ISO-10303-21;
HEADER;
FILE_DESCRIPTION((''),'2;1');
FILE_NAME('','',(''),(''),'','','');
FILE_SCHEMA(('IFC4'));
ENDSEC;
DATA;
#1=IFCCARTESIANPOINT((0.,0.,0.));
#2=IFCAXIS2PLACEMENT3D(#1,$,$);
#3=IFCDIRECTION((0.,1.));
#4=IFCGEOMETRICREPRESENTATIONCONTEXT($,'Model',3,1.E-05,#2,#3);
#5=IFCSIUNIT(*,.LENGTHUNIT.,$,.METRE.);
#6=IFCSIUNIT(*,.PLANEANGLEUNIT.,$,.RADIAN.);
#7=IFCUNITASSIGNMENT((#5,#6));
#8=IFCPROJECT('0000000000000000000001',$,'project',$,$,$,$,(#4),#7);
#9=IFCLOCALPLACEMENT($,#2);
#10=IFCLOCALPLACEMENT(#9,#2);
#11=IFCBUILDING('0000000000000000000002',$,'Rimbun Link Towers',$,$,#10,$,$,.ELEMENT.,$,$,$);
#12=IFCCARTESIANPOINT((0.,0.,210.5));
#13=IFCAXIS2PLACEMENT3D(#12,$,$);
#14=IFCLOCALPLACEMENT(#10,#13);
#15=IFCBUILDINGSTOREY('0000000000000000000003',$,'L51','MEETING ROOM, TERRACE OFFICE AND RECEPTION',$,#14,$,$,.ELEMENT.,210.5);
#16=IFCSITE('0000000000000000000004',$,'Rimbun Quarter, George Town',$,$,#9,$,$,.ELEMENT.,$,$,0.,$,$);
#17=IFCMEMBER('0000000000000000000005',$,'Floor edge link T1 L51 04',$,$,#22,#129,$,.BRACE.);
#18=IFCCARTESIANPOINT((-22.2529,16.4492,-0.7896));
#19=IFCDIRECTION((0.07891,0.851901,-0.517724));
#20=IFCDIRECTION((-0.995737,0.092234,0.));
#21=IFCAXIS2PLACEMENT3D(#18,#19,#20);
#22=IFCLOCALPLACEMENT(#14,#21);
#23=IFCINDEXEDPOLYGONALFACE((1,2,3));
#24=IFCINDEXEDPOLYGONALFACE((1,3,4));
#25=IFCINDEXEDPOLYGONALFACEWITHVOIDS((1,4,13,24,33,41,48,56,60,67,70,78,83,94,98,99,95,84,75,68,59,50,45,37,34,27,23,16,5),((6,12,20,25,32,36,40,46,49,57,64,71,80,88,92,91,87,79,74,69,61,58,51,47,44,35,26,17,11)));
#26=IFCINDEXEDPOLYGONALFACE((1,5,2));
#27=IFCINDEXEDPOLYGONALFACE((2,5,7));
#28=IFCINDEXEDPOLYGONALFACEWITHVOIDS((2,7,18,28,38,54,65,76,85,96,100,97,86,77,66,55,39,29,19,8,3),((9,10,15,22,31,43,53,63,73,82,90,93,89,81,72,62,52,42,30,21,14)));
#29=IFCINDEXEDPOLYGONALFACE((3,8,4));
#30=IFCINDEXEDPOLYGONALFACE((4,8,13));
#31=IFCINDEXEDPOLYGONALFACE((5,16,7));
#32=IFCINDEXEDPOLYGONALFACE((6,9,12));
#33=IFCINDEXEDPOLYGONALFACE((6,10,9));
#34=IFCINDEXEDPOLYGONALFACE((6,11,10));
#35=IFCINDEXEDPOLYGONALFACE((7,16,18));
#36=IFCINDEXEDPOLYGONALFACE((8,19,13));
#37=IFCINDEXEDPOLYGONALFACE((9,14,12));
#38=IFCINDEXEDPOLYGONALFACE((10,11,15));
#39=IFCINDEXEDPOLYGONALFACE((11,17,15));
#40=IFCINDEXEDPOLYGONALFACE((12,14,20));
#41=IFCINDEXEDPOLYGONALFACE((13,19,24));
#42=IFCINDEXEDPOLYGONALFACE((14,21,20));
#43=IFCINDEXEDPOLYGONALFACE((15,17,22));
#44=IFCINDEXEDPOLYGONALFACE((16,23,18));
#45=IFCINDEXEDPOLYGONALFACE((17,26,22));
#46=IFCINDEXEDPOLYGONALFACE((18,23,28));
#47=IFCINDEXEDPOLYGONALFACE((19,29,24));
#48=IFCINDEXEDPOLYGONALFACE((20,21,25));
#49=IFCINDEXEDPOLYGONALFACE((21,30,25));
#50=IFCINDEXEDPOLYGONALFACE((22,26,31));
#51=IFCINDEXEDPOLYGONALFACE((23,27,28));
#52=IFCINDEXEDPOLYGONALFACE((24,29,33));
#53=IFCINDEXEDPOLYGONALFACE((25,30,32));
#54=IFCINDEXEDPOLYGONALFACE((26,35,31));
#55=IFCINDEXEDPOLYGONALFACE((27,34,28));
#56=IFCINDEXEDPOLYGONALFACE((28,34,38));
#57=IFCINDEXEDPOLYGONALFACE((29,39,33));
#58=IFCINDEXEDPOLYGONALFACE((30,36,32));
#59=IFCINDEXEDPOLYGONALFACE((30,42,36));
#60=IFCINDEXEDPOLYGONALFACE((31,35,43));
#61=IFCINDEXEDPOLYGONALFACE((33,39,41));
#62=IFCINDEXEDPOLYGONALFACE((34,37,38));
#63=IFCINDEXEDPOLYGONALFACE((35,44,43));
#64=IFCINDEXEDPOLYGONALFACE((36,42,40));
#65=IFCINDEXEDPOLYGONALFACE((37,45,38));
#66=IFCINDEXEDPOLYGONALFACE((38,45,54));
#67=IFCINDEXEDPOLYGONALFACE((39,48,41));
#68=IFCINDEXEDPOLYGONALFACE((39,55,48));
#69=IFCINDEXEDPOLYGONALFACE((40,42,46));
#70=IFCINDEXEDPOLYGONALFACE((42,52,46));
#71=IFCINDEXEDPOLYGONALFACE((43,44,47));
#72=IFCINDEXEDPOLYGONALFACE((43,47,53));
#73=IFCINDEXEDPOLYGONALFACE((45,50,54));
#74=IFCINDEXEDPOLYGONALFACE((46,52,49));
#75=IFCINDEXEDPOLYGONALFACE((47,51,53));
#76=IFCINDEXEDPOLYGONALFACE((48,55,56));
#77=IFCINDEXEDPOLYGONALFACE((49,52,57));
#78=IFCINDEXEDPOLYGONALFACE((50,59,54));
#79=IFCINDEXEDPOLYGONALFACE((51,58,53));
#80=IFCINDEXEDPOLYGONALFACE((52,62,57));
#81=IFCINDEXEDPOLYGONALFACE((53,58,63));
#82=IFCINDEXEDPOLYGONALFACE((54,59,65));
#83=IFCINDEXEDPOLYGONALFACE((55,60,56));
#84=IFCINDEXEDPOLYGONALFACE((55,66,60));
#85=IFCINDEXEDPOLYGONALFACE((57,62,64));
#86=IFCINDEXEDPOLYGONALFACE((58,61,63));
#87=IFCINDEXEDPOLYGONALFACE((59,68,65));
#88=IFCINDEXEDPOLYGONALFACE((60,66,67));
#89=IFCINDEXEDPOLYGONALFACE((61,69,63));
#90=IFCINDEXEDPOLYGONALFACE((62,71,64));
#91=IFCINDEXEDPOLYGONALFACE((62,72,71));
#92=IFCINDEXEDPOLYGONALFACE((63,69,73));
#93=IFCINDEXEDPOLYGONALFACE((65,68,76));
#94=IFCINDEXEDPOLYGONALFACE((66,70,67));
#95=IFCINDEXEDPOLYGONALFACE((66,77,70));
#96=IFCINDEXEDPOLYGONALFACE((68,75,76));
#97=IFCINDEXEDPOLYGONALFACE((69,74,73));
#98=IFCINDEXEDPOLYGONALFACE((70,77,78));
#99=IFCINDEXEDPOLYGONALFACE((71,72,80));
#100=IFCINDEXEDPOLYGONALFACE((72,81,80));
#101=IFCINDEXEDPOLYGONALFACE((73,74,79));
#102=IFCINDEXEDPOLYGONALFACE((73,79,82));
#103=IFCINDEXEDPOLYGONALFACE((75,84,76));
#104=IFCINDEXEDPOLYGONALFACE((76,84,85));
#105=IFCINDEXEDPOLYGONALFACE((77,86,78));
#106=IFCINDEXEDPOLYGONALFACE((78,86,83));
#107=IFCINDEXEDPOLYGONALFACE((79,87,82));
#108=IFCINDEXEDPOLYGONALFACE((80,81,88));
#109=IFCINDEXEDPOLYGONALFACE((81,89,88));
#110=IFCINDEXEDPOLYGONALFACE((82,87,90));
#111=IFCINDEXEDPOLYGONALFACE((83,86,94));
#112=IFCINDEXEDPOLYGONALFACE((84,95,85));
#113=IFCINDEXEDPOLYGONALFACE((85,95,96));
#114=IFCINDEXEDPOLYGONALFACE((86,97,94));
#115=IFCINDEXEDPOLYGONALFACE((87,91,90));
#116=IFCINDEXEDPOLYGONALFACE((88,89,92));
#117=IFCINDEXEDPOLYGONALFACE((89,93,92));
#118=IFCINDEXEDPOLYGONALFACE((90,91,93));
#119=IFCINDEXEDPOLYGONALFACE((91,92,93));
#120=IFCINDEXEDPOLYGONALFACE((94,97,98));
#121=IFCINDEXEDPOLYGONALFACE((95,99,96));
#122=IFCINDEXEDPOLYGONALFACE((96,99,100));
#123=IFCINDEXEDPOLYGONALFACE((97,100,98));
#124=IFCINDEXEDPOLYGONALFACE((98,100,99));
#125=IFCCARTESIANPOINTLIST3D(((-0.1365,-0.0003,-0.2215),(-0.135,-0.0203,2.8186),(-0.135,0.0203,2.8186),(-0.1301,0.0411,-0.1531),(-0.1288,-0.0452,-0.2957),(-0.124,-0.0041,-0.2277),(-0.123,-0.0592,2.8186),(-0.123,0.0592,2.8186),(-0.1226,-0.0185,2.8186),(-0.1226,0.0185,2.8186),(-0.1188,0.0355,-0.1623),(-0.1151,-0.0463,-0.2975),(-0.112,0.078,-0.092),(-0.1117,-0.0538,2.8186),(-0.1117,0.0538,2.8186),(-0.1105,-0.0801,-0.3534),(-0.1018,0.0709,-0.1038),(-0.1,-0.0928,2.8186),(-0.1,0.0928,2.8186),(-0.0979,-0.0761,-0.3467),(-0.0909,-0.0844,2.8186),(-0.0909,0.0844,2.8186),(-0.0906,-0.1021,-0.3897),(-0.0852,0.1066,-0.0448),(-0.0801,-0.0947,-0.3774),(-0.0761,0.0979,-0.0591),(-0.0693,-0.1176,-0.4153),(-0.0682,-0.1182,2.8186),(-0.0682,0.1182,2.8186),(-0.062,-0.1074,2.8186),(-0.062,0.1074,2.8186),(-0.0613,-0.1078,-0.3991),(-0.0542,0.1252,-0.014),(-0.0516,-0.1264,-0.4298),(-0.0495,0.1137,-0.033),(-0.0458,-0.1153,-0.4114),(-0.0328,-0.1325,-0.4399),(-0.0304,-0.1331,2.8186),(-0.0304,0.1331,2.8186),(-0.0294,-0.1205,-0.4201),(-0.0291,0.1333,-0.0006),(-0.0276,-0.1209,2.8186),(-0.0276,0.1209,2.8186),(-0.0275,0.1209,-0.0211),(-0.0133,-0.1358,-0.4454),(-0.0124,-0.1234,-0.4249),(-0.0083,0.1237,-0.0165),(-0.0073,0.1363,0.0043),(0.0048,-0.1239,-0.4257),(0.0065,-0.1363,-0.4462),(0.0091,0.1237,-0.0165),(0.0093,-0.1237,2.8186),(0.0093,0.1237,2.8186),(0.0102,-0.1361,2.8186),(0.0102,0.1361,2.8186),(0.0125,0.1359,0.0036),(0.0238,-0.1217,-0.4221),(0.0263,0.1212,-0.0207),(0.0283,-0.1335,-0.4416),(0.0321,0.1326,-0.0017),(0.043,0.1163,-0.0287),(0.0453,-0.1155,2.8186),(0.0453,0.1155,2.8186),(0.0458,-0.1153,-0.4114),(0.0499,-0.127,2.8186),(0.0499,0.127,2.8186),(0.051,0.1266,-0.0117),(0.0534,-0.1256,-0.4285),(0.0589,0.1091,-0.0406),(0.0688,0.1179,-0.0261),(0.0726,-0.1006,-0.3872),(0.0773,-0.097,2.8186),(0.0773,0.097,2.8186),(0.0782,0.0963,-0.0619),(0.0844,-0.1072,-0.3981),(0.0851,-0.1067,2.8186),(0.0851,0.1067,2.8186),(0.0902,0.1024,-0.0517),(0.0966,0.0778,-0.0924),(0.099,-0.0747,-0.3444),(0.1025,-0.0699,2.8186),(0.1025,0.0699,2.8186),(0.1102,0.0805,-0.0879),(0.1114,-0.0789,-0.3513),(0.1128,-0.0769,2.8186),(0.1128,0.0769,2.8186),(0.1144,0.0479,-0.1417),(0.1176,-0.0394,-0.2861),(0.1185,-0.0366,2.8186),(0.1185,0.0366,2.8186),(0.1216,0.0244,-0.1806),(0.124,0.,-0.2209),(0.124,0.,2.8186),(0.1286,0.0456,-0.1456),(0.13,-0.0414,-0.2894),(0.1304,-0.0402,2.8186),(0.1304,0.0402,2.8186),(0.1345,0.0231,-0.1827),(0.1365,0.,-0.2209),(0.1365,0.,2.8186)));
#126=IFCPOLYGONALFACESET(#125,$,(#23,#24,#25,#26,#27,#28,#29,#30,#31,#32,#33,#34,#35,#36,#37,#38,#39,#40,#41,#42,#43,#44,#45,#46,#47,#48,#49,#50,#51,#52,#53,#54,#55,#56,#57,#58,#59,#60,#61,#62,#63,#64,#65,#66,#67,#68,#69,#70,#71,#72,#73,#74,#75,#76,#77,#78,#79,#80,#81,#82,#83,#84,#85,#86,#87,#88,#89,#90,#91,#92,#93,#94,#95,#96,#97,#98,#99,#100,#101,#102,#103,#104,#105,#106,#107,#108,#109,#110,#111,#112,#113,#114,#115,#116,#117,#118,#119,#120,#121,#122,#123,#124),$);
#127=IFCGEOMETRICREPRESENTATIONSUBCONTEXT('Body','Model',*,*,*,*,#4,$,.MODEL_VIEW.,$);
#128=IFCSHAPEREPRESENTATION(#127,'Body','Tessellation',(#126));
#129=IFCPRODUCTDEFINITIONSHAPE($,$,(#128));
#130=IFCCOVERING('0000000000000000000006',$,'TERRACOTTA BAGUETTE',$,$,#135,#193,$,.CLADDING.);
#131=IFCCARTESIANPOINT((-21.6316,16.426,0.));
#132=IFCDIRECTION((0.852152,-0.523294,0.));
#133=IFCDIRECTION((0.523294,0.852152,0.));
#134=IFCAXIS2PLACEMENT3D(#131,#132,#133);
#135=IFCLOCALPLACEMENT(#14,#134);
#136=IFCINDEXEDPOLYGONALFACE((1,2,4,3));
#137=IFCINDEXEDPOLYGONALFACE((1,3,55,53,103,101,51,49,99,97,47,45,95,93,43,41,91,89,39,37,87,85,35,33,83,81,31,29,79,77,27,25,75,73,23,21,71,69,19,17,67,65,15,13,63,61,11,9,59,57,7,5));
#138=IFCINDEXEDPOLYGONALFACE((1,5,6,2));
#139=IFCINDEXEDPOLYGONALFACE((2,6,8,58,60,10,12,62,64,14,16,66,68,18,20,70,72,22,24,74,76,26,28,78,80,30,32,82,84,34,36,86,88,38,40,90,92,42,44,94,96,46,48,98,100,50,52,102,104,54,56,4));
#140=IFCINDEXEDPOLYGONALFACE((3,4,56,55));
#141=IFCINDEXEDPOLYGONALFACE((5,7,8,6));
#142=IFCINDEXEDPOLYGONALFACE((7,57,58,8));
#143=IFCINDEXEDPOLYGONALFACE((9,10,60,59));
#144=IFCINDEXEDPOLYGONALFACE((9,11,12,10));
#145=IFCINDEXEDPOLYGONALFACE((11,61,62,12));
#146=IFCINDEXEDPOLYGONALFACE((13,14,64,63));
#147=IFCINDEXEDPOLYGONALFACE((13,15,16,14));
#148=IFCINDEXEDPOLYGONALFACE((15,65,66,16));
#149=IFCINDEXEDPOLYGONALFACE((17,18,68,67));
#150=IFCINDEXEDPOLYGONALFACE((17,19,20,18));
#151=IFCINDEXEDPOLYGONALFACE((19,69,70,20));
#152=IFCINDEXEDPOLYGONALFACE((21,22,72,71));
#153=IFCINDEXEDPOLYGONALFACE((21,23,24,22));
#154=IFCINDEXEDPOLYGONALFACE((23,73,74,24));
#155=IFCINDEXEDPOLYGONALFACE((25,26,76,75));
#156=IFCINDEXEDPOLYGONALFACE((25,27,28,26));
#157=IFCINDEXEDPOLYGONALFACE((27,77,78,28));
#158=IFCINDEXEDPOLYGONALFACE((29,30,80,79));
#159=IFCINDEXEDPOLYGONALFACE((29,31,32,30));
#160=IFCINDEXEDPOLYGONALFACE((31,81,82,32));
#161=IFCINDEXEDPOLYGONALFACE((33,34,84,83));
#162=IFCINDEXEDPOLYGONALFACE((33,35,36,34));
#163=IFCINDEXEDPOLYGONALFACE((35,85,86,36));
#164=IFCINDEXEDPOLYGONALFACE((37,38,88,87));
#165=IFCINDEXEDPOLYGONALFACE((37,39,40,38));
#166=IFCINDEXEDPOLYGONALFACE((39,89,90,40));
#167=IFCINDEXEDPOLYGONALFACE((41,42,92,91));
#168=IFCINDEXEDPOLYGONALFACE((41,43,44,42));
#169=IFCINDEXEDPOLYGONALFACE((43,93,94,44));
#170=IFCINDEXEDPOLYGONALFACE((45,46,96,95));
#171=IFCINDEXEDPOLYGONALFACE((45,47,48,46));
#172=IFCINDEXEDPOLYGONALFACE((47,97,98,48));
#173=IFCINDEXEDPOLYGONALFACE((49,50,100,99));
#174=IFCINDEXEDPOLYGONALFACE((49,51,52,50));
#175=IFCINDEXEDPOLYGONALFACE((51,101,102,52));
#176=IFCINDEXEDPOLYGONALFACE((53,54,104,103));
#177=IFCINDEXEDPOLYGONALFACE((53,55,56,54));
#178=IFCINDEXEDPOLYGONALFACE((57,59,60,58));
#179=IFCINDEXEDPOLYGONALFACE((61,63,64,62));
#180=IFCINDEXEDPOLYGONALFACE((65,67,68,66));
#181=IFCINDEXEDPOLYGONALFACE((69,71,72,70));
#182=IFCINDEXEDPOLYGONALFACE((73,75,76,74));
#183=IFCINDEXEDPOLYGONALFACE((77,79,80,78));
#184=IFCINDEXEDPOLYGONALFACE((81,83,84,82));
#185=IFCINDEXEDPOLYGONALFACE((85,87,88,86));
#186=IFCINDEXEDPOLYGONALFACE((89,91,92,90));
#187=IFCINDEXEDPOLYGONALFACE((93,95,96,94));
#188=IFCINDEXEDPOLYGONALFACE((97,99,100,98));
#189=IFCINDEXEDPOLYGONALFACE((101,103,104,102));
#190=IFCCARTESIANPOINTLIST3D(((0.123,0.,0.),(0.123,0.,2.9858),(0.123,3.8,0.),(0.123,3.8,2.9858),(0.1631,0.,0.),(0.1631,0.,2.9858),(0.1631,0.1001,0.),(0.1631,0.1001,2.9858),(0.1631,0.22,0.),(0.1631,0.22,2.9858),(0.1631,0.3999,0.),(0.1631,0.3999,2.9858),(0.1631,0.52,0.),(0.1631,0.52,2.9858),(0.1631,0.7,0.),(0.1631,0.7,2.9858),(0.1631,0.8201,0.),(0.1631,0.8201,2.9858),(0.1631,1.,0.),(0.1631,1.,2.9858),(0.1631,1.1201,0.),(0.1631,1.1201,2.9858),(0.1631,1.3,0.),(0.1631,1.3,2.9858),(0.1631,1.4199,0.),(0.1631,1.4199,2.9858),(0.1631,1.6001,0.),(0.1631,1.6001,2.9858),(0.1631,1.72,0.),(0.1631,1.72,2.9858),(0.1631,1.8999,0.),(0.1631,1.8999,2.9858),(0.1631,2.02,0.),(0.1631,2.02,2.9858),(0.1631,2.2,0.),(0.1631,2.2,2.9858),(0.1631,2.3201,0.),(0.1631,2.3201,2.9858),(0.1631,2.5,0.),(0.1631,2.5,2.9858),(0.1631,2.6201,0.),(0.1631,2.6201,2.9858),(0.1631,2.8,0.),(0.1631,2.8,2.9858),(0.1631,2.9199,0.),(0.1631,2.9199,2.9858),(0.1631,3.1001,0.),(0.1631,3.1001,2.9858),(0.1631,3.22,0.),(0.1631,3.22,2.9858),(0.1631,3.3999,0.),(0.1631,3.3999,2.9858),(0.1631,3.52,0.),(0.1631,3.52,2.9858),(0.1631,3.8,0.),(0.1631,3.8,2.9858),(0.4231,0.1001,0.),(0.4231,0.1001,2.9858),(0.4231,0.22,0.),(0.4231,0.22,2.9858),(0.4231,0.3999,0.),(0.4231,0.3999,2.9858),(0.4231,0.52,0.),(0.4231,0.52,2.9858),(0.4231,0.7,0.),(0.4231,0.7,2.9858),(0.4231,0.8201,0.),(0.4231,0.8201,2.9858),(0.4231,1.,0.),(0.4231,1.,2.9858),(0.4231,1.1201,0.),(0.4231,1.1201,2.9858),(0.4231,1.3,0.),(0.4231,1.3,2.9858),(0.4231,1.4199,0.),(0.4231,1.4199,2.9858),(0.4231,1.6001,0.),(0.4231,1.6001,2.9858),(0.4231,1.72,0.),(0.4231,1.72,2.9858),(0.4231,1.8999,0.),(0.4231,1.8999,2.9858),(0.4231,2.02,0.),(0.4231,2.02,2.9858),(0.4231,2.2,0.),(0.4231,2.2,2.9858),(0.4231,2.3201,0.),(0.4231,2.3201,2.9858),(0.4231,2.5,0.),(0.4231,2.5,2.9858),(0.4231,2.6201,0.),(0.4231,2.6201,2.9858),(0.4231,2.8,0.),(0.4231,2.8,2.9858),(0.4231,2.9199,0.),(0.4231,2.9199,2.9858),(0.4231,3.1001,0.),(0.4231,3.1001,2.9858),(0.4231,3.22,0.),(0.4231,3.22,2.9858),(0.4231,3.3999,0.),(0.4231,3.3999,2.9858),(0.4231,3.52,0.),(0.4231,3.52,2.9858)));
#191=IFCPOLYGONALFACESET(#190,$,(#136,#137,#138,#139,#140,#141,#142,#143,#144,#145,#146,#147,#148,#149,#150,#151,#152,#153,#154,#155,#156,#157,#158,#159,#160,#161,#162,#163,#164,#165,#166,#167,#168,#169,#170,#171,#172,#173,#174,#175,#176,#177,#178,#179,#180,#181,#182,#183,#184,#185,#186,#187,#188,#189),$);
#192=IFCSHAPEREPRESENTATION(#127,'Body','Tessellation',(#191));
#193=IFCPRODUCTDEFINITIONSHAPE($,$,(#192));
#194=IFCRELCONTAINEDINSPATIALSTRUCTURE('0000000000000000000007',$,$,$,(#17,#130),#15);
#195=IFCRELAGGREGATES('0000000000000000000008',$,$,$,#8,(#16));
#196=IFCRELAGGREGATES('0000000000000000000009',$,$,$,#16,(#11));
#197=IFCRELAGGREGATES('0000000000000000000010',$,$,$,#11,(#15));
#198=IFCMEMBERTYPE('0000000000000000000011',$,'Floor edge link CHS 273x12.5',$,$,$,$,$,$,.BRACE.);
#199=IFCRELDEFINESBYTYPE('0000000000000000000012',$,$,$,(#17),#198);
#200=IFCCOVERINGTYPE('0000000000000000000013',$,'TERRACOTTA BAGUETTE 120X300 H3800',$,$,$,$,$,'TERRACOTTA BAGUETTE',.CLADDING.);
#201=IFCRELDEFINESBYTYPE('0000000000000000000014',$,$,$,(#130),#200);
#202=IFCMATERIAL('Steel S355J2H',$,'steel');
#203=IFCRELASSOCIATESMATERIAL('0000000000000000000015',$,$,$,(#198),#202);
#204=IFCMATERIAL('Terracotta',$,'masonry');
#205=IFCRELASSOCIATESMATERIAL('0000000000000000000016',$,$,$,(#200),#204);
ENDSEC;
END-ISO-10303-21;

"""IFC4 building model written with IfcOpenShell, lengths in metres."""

from ifc_helpers import new_model, si_unit, direction, frame, origin, origin_2d, place, context, subcontext, project, spatial, polyline, hollow_circle, outline, extrude, clip, halfspace, material, material_profile, profile_set, type_object, element, save


model = new_model("IFC4")

# Units and contexts
model_context = context("Model", 3, precision=1e-05, world=origin(), true_north=direction((0.0, 1.0)))
body_context = subcontext(model_context, "Body", "Model", "MODEL_VIEW")
ifc_project = project(units=[si_unit("LENGTHUNIT", "METRE"), si_unit("PLANEANGLEUNIT", "RADIAN")], contexts=[model_context])

# Site, building, storey
site_placement = place(None, origin())
site = spatial("IfcSite", under=ifc_project, at=site_placement, Name="Rimbun Quarter, George Town", CompositionType="ELEMENT", RefElevation=0.0)
building_placement = place(site_placement, origin())
building = spatial("IfcBuilding", under=site, at=building_placement, Name="Rimbun Link Towers", CompositionType="ELEMENT")
storey_placement = place(building_placement, frame((0.0, 0.0, 210.5)))
storey = spatial("IfcBuildingStorey", under=building, at=storey_placement, Name="L51", Description="MEETING ROOM, TERRACE OFFICE AND RECEPTION", CompositionType="ELEMENT", Elevation=210.5)

# Member
ifc_material_1 = material(Name="Steel S355J2H", Category="steel")
ifc_material_profile_1 = material_profile(ifc_material_1, hollow_circle(Radius=0.1365, WallThickness=0.0125, at=origin_2d()), Name="CHS 273x12.5")
ifc_profile_set_1 = profile_set([ifc_material_profile_1], Name="Steel S355J2H")
member_type_1 = type_object("IfcMemberType", Name="Floor edge link CHS 273x12.5", PredefinedType="BRACE", material=ifc_profile_set_1)
member_1_placement = place(storey_placement, frame((-22.2529, 16.4492, -0.7896), z_axis=(0.07891, 0.851901, -0.517724), x_axis=(-0.995737, 0.092234, 0.0)))
element("IfcMember", 1, at=member_1_placement, inside=storey, type_object=member_type_1, Name="Floor edge link T1 L51 04", PredefinedType="BRACE", context=body_context, shape_type="Clipping", body=[
    clip(extrude(hollow_circle(Radius=0.1365, WallThickness=0.0125, at=origin_2d()), frame((0.0, 0.0, -0.4705)), (0.0, 0.0, 1.0), 3.2891), halfspace(frame((0.0, 0.0, -0.2209), z_axis=(0.0, 0.855548, -0.517724)), False)),
])

# Covering
ifc_material_2 = material(Name="Terracotta", Category="masonry")
ifc_material_profile_2 = material_profile(ifc_material_2, outline(polyline([(0.123, 0.0), (0.1631, 0.0), (0.1631, 0.1001), (0.4231, 0.1001), (0.4231, 0.22), (0.1631, 0.22), (0.1631, 0.3999), (0.4231, 0.3999), (0.4231, 0.52), (0.1631, 0.52), (0.1631, 0.7), (0.4231, 0.7), (0.4231, 0.8201), (0.1631, 0.8201), (0.1631, 1.0), (0.4231, 1.0), (0.4231, 1.1201), (0.1631, 1.1201), (0.1631, 1.3), (0.4231, 1.3), (0.4231, 1.4199), (0.1631, 1.4199), (0.1631, 1.6001), (0.4231, 1.6001), (0.4231, 1.72), (0.1631, 1.72), (0.1631, 1.8999), (0.4231, 1.8999), (0.4231, 2.02), (0.1631, 2.02), (0.1631, 2.2), (0.4231, 2.2), (0.4231, 2.3201), (0.1631, 2.3201), (0.1631, 2.5), (0.4231, 2.5), (0.4231, 2.6201), (0.1631, 2.6201), (0.1631, 2.8), (0.4231, 2.8), (0.4231, 2.9199), (0.1631, 2.9199), (0.1631, 3.1001), (0.4231, 3.1001), (0.4231, 3.22), (0.1631, 3.22), (0.1631, 3.3999), (0.4231, 3.3999), (0.4231, 3.52), (0.1631, 3.52), (0.1631, 3.8), (0.123, 3.8), (0.123, 0.0)])), Name="BAGUETTE 120X300")
ifc_profile_set_2 = profile_set([ifc_material_profile_2], Name="Terracotta")
covering_type = type_object("IfcCoveringType", Name="TERRACOTTA BAGUETTE 120X300 H3800", ElementType="TERRACOTTA BAGUETTE", PredefinedType="CLADDING", material=ifc_profile_set_2)
covering_1_placement = place(storey_placement, frame((-21.6316, 16.426, 0.0), z_axis=(0.852152, -0.523294, 0.0), x_axis=(0.523294, 0.852152, 0.0)))
element("IfcCovering", 2, at=covering_1_placement, inside=storey, type_object=covering_type, Name="TERRACOTTA BAGUETTE", PredefinedType="CLADDING", context=body_context, shape_type="SweptSolid", body=[
    extrude(outline(polyline([(0.123, 0.0), (0.1631, 0.0), (0.1631, 0.1001), (0.4231, 0.1001), (0.4231, 0.22), (0.1631, 0.22), (0.1631, 0.3999), (0.4231, 0.3999), (0.4231, 0.52), (0.1631, 0.52), (0.1631, 0.7), (0.4231, 0.7), (0.4231, 0.8201), (0.1631, 0.8201), (0.1631, 1.0), (0.4231, 1.0), (0.4231, 1.1201), (0.1631, 1.1201), (0.1631, 1.3), (0.4231, 1.3), (0.4231, 1.4199), (0.1631, 1.4199), (0.1631, 1.6001), (0.4231, 1.6001), (0.4231, 1.72), (0.1631, 1.72), (0.1631, 1.8999), (0.4231, 1.8999), (0.4231, 2.02), (0.1631, 2.02), (0.1631, 2.2), (0.4231, 2.2), (0.4231, 2.3201), (0.1631, 2.3201), (0.1631, 2.5), (0.4231, 2.5), (0.4231, 2.6201), (0.1631, 2.6201), (0.1631, 2.8), (0.4231, 2.8), (0.4231, 2.9199), (0.1631, 2.9199), (0.1631, 3.1001), (0.4231, 3.1001), (0.4231, 3.22), (0.1631, 3.22), (0.1631, 3.3999), (0.4231, 3.3999), (0.4231, 3.52), (0.1631, 3.52), (0.1631, 3.8), (0.123, 3.8), (0.123, 0.0)])), origin(), (0.0, 0.0, 1.0), 2.9858),
])

save(model, "model.ifc")
